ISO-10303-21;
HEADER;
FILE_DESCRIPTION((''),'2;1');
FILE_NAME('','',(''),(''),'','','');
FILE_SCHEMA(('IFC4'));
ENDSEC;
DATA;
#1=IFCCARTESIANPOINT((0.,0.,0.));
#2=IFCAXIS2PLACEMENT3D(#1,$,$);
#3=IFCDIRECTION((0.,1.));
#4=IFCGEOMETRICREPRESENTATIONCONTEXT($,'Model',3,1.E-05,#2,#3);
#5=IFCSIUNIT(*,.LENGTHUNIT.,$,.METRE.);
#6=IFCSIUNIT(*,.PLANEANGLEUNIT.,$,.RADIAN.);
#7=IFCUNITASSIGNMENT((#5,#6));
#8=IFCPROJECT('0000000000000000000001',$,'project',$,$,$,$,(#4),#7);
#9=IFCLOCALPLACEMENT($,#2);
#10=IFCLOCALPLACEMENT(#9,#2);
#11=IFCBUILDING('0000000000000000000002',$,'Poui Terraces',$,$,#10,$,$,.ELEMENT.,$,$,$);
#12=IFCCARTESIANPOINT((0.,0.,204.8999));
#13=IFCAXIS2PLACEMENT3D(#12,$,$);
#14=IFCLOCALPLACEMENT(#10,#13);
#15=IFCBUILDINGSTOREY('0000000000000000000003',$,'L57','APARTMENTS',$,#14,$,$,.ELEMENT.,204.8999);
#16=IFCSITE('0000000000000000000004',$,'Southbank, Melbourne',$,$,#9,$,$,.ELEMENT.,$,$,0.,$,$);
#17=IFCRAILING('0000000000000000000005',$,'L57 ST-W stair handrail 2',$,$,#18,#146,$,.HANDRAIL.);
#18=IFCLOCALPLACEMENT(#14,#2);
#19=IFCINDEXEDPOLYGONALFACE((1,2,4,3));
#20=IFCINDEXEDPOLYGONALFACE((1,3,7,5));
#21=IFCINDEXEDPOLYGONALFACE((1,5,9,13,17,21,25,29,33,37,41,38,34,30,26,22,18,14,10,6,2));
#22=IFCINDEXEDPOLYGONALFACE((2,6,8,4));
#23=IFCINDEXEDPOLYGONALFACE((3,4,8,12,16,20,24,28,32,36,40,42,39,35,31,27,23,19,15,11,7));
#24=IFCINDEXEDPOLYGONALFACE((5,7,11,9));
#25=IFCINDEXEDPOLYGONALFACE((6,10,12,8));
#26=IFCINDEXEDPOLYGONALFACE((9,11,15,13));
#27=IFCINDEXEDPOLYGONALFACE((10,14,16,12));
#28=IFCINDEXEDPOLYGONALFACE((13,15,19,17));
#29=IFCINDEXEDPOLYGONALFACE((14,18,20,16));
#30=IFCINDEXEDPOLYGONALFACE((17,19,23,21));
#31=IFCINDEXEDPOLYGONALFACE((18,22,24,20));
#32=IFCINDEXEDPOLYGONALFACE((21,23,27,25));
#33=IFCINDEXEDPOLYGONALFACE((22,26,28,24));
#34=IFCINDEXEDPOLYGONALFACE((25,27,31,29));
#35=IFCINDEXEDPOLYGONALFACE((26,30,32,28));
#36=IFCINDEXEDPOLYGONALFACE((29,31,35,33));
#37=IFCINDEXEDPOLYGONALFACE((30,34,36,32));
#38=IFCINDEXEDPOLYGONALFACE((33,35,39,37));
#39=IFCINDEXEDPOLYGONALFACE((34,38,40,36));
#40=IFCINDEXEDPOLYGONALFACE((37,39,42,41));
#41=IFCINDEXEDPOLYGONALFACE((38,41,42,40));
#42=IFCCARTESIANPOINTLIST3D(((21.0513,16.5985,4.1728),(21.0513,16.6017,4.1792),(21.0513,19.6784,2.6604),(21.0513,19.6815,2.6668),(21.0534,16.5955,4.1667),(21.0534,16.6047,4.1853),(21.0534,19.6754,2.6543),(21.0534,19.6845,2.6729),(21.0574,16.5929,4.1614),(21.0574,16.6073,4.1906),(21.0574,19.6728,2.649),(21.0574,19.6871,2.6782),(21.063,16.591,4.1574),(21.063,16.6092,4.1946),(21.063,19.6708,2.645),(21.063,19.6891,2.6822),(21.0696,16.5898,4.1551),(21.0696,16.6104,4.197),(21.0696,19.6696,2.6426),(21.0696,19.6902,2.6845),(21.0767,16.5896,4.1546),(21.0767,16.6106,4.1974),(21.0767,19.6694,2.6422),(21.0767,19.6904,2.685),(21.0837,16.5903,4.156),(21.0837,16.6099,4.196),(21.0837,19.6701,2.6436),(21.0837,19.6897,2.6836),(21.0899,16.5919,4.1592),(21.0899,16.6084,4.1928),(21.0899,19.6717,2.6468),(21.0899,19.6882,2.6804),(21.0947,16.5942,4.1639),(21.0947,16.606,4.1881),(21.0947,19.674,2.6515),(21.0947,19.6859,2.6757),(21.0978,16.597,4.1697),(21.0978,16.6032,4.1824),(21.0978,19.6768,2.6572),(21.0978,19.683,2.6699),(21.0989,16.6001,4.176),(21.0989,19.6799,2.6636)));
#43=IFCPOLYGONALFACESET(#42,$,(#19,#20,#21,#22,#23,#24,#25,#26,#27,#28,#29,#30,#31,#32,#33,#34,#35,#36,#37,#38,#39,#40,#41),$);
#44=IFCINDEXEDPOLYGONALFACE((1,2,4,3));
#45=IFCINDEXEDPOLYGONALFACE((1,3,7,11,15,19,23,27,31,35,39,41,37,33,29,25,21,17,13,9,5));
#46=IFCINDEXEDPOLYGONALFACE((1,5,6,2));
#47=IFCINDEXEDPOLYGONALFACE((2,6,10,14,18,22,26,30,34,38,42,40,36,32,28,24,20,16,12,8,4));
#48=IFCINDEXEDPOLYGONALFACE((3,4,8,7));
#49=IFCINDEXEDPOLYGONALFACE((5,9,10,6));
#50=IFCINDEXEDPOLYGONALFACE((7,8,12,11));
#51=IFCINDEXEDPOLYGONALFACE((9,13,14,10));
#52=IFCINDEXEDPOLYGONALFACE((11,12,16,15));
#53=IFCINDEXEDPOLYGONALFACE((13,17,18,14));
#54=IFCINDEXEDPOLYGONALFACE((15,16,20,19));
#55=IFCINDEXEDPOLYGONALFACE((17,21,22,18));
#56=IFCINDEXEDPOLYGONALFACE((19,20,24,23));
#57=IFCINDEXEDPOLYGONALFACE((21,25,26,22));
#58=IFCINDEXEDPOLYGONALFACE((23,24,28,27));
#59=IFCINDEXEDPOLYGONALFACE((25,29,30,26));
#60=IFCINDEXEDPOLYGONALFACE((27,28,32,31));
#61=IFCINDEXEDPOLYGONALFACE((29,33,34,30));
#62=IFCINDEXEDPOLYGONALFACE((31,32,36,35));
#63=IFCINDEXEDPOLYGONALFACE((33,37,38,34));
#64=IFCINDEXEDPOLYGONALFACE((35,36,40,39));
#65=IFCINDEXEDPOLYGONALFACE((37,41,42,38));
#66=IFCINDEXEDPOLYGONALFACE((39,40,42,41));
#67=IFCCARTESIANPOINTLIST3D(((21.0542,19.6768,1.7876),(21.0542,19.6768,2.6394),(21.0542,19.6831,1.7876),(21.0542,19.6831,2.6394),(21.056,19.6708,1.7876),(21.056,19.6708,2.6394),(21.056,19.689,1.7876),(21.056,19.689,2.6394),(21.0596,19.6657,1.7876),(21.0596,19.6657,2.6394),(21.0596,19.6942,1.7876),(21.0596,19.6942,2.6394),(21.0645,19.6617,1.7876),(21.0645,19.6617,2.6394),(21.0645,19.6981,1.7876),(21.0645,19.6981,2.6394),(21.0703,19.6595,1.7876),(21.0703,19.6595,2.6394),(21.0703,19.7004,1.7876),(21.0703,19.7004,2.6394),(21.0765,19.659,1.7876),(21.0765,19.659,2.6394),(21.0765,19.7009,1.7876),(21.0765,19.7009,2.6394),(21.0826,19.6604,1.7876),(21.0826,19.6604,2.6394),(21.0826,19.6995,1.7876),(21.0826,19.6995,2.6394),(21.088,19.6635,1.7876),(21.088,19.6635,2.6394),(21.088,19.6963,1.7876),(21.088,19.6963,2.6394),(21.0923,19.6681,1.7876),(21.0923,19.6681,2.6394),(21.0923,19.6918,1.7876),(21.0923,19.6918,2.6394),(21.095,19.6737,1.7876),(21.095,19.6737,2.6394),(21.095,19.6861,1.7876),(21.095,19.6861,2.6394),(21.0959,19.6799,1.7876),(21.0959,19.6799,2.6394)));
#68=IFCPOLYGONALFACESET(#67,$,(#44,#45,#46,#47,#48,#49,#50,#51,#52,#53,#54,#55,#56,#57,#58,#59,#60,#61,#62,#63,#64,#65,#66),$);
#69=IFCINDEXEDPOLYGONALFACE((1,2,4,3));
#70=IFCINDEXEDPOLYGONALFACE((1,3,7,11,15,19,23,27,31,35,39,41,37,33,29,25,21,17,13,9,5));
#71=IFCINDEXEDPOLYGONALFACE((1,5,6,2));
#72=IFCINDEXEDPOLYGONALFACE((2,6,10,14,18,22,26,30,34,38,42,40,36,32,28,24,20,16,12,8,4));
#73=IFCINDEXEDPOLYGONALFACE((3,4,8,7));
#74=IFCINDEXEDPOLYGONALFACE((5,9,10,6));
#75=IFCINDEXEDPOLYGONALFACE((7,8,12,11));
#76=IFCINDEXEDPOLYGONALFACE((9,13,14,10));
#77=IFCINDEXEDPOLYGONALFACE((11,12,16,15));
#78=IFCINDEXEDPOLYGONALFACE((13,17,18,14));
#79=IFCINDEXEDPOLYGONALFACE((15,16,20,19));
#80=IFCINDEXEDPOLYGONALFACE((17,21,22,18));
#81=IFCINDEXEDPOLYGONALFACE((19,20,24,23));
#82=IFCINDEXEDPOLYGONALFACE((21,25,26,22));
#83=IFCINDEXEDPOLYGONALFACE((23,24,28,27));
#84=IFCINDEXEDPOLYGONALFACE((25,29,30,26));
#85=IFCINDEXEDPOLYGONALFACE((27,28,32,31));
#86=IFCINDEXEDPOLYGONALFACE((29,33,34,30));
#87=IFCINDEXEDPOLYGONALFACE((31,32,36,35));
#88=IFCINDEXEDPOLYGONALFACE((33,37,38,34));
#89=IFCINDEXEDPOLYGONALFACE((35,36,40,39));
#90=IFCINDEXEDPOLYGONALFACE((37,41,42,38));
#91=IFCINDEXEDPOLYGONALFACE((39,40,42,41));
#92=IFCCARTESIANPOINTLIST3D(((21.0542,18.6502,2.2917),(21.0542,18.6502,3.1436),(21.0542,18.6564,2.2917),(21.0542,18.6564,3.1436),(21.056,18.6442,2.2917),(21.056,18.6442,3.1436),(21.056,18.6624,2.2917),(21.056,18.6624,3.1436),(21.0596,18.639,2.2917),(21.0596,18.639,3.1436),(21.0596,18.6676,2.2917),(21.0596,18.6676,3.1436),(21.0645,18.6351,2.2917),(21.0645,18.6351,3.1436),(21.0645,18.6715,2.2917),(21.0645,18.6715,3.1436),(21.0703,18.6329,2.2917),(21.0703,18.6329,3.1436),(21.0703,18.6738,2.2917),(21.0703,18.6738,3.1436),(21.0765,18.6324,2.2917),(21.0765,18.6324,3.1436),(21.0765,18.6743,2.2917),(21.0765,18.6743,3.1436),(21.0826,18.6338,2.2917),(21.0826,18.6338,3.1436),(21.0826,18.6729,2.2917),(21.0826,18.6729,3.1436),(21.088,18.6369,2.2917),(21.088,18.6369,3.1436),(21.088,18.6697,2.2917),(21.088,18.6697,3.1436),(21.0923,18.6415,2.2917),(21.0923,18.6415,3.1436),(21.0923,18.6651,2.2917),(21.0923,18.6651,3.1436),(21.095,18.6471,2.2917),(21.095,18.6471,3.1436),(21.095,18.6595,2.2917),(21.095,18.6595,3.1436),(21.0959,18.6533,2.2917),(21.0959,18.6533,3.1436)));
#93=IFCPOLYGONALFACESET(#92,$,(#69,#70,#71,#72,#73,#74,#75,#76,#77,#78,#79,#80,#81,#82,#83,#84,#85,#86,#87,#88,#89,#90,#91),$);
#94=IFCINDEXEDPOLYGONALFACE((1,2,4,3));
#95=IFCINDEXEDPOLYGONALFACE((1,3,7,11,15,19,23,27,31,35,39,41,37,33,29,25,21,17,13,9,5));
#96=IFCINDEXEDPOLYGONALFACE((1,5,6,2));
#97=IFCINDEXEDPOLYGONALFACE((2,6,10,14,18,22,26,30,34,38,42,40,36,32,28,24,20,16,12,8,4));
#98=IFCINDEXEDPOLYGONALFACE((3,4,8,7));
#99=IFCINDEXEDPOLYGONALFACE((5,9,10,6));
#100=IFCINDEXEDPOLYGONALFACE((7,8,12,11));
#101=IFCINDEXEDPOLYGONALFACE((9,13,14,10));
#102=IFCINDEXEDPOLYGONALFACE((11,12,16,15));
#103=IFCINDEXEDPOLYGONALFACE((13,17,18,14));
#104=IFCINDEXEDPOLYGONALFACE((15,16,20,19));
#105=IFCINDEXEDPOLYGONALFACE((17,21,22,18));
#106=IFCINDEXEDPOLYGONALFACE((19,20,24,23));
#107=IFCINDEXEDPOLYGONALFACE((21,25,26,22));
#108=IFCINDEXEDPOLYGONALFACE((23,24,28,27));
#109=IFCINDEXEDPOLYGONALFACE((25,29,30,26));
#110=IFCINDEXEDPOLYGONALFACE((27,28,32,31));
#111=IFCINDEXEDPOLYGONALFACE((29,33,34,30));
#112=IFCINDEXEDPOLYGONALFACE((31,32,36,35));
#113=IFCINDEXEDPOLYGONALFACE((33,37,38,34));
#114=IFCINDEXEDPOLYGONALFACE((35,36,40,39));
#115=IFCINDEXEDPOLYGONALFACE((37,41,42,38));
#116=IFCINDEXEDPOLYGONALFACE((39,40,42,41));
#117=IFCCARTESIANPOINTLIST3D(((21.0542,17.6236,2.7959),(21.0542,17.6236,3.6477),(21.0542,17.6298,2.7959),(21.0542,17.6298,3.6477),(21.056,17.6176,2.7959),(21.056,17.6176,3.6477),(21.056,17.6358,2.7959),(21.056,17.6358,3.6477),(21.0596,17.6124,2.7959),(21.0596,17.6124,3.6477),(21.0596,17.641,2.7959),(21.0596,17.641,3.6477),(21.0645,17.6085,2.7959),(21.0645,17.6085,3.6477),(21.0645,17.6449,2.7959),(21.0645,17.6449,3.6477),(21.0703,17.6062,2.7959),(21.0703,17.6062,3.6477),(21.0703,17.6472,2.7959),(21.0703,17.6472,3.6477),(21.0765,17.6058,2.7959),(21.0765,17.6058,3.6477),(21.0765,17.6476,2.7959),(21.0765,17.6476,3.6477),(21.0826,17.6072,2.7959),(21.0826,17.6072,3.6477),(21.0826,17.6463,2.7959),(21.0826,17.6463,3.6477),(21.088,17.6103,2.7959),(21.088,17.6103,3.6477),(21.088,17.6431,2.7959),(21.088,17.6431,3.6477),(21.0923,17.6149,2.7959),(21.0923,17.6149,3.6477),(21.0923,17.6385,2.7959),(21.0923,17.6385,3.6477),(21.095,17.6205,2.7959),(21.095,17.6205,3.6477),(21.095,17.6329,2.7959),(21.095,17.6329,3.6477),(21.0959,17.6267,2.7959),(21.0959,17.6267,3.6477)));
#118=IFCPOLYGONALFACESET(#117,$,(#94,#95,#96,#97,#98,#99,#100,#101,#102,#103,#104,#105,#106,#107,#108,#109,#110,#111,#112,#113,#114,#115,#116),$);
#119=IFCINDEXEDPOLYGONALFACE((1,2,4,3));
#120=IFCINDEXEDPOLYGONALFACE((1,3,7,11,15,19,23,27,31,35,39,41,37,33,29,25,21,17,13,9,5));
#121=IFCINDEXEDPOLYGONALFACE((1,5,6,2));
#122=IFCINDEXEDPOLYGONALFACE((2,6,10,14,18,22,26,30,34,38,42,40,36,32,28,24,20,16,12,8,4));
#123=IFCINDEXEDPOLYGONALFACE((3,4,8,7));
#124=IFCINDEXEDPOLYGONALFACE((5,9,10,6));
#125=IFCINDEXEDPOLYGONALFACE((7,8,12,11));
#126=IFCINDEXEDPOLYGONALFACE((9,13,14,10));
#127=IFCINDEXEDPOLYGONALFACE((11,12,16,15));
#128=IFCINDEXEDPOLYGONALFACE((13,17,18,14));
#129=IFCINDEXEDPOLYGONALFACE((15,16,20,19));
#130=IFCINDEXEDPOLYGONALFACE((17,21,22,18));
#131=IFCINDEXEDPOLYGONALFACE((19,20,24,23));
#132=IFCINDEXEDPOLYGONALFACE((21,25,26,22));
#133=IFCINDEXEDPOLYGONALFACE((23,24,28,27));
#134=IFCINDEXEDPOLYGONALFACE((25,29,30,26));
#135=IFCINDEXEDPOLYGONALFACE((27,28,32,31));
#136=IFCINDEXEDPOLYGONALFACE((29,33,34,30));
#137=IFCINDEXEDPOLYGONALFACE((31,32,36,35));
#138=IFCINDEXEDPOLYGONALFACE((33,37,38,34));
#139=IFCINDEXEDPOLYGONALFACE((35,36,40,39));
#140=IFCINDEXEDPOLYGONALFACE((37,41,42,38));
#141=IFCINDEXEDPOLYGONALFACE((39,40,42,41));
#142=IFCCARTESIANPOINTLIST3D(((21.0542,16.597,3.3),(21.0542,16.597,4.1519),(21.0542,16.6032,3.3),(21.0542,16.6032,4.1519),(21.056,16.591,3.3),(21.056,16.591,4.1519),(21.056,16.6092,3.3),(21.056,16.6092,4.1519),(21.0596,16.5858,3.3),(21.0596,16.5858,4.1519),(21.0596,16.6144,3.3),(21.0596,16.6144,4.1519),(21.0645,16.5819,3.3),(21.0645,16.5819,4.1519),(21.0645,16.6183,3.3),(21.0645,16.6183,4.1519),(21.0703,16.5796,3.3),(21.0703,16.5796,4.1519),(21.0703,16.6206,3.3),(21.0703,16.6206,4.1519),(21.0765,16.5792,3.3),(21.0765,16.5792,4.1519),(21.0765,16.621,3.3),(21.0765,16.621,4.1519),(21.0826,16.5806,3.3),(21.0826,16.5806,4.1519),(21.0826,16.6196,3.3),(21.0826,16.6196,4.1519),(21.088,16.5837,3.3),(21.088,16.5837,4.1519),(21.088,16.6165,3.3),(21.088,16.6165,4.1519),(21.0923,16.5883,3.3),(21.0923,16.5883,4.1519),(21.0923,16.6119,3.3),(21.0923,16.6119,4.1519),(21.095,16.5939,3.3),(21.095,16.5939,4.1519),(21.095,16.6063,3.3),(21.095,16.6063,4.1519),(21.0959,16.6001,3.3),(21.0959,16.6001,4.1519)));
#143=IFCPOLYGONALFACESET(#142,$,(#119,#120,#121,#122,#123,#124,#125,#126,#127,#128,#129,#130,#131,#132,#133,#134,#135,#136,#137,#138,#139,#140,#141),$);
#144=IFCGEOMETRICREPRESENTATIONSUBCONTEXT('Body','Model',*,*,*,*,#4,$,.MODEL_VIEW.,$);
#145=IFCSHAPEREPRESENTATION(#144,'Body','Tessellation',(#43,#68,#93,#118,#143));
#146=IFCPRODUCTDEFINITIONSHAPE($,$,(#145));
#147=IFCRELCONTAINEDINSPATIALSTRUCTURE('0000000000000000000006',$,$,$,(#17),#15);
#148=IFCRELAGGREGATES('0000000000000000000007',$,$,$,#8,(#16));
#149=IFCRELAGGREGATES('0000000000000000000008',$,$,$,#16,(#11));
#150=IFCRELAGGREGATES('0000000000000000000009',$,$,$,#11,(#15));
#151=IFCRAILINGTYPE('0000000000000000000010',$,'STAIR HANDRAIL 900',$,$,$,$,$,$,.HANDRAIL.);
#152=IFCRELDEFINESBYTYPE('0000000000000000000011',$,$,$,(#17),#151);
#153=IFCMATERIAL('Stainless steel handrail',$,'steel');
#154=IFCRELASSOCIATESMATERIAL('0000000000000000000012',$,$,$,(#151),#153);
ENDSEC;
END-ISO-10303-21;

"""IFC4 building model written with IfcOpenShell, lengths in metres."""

from ifc_helpers import new_model, si_unit, direction, frame, origin, origin_2d, place, context, subcontext, project, spatial, circle, extrude, material, type_object, element, save


model = new_model("IFC4")

# Units and contexts
model_context = context("Model", 3, precision=1e-05, world=origin(), true_north=direction((0.0, 1.0)))
body_context = subcontext(model_context, "Body", "Model", "MODEL_VIEW")
ifc_project = project(units=[si_unit("LENGTHUNIT", "METRE"), si_unit("PLANEANGLEUNIT", "RADIAN")], contexts=[model_context])

# Site, building, storey
site_placement = place(None, origin())
site = spatial("IfcSite", under=ifc_project, at=site_placement, Name="Southbank, Melbourne", CompositionType="ELEMENT", RefElevation=0.0)
building_placement = place(site_placement, origin())
building = spatial("IfcBuilding", under=site, at=building_placement, Name="Poui Terraces", CompositionType="ELEMENT")
storey_placement = place(building_placement, frame((0.0, 0.0, 204.8999)))
storey = spatial("IfcBuildingStorey", under=building, at=storey_placement, Name="L57", Description="APARTMENTS", CompositionType="ELEMENT", Elevation=204.8999)

# Railing
ifc_material_1 = material(Name="Stainless steel handrail", Category="steel")
railing_type_1 = type_object("IfcRailingType", Name="STAIR HANDRAIL 900", PredefinedType="HANDRAIL", material=ifc_material_1)
railing_1_placement = place(storey_placement, frame((21.075, 19.6799, 1.7876)))
element("IfcRailing", 1, at=railing_1_placement, inside=storey, type_object=railing_type_1, Name="L57 ST-W stair handrail 2", PredefinedType="HANDRAIL", context=body_context, shape_type="SweptSolid", body=[
    extrude(circle(Radius=0.0239, at=origin_2d()), frame((0.0, 0.0, 0.876), z_axis=(0.0, -0.897606, 0.440798), x_axis=(1.0, 0.0, 0.0)), (0.0, 0.0, 1.0), 3.4312),
    extrude(circle(Radius=0.021, at=origin_2d()), origin(), (0.0, 0.0, 1.0), 0.8518),
    extrude(circle(Radius=0.021, at=origin_2d()), frame((0.0, -1.0266, 0.5042)), (0.0, 0.0, 1.0), 0.8518),
    extrude(circle(Radius=0.021, at=origin_2d()), frame((0.0, -2.0532, 1.0083)), (0.0, 0.0, 1.0), 0.8518),
    extrude(circle(Radius=0.021, at=origin_2d()), frame((0.0, -3.0798, 1.5125)), (0.0, 0.0, 1.0), 0.8518),
])

save(model, "model.ifc")
